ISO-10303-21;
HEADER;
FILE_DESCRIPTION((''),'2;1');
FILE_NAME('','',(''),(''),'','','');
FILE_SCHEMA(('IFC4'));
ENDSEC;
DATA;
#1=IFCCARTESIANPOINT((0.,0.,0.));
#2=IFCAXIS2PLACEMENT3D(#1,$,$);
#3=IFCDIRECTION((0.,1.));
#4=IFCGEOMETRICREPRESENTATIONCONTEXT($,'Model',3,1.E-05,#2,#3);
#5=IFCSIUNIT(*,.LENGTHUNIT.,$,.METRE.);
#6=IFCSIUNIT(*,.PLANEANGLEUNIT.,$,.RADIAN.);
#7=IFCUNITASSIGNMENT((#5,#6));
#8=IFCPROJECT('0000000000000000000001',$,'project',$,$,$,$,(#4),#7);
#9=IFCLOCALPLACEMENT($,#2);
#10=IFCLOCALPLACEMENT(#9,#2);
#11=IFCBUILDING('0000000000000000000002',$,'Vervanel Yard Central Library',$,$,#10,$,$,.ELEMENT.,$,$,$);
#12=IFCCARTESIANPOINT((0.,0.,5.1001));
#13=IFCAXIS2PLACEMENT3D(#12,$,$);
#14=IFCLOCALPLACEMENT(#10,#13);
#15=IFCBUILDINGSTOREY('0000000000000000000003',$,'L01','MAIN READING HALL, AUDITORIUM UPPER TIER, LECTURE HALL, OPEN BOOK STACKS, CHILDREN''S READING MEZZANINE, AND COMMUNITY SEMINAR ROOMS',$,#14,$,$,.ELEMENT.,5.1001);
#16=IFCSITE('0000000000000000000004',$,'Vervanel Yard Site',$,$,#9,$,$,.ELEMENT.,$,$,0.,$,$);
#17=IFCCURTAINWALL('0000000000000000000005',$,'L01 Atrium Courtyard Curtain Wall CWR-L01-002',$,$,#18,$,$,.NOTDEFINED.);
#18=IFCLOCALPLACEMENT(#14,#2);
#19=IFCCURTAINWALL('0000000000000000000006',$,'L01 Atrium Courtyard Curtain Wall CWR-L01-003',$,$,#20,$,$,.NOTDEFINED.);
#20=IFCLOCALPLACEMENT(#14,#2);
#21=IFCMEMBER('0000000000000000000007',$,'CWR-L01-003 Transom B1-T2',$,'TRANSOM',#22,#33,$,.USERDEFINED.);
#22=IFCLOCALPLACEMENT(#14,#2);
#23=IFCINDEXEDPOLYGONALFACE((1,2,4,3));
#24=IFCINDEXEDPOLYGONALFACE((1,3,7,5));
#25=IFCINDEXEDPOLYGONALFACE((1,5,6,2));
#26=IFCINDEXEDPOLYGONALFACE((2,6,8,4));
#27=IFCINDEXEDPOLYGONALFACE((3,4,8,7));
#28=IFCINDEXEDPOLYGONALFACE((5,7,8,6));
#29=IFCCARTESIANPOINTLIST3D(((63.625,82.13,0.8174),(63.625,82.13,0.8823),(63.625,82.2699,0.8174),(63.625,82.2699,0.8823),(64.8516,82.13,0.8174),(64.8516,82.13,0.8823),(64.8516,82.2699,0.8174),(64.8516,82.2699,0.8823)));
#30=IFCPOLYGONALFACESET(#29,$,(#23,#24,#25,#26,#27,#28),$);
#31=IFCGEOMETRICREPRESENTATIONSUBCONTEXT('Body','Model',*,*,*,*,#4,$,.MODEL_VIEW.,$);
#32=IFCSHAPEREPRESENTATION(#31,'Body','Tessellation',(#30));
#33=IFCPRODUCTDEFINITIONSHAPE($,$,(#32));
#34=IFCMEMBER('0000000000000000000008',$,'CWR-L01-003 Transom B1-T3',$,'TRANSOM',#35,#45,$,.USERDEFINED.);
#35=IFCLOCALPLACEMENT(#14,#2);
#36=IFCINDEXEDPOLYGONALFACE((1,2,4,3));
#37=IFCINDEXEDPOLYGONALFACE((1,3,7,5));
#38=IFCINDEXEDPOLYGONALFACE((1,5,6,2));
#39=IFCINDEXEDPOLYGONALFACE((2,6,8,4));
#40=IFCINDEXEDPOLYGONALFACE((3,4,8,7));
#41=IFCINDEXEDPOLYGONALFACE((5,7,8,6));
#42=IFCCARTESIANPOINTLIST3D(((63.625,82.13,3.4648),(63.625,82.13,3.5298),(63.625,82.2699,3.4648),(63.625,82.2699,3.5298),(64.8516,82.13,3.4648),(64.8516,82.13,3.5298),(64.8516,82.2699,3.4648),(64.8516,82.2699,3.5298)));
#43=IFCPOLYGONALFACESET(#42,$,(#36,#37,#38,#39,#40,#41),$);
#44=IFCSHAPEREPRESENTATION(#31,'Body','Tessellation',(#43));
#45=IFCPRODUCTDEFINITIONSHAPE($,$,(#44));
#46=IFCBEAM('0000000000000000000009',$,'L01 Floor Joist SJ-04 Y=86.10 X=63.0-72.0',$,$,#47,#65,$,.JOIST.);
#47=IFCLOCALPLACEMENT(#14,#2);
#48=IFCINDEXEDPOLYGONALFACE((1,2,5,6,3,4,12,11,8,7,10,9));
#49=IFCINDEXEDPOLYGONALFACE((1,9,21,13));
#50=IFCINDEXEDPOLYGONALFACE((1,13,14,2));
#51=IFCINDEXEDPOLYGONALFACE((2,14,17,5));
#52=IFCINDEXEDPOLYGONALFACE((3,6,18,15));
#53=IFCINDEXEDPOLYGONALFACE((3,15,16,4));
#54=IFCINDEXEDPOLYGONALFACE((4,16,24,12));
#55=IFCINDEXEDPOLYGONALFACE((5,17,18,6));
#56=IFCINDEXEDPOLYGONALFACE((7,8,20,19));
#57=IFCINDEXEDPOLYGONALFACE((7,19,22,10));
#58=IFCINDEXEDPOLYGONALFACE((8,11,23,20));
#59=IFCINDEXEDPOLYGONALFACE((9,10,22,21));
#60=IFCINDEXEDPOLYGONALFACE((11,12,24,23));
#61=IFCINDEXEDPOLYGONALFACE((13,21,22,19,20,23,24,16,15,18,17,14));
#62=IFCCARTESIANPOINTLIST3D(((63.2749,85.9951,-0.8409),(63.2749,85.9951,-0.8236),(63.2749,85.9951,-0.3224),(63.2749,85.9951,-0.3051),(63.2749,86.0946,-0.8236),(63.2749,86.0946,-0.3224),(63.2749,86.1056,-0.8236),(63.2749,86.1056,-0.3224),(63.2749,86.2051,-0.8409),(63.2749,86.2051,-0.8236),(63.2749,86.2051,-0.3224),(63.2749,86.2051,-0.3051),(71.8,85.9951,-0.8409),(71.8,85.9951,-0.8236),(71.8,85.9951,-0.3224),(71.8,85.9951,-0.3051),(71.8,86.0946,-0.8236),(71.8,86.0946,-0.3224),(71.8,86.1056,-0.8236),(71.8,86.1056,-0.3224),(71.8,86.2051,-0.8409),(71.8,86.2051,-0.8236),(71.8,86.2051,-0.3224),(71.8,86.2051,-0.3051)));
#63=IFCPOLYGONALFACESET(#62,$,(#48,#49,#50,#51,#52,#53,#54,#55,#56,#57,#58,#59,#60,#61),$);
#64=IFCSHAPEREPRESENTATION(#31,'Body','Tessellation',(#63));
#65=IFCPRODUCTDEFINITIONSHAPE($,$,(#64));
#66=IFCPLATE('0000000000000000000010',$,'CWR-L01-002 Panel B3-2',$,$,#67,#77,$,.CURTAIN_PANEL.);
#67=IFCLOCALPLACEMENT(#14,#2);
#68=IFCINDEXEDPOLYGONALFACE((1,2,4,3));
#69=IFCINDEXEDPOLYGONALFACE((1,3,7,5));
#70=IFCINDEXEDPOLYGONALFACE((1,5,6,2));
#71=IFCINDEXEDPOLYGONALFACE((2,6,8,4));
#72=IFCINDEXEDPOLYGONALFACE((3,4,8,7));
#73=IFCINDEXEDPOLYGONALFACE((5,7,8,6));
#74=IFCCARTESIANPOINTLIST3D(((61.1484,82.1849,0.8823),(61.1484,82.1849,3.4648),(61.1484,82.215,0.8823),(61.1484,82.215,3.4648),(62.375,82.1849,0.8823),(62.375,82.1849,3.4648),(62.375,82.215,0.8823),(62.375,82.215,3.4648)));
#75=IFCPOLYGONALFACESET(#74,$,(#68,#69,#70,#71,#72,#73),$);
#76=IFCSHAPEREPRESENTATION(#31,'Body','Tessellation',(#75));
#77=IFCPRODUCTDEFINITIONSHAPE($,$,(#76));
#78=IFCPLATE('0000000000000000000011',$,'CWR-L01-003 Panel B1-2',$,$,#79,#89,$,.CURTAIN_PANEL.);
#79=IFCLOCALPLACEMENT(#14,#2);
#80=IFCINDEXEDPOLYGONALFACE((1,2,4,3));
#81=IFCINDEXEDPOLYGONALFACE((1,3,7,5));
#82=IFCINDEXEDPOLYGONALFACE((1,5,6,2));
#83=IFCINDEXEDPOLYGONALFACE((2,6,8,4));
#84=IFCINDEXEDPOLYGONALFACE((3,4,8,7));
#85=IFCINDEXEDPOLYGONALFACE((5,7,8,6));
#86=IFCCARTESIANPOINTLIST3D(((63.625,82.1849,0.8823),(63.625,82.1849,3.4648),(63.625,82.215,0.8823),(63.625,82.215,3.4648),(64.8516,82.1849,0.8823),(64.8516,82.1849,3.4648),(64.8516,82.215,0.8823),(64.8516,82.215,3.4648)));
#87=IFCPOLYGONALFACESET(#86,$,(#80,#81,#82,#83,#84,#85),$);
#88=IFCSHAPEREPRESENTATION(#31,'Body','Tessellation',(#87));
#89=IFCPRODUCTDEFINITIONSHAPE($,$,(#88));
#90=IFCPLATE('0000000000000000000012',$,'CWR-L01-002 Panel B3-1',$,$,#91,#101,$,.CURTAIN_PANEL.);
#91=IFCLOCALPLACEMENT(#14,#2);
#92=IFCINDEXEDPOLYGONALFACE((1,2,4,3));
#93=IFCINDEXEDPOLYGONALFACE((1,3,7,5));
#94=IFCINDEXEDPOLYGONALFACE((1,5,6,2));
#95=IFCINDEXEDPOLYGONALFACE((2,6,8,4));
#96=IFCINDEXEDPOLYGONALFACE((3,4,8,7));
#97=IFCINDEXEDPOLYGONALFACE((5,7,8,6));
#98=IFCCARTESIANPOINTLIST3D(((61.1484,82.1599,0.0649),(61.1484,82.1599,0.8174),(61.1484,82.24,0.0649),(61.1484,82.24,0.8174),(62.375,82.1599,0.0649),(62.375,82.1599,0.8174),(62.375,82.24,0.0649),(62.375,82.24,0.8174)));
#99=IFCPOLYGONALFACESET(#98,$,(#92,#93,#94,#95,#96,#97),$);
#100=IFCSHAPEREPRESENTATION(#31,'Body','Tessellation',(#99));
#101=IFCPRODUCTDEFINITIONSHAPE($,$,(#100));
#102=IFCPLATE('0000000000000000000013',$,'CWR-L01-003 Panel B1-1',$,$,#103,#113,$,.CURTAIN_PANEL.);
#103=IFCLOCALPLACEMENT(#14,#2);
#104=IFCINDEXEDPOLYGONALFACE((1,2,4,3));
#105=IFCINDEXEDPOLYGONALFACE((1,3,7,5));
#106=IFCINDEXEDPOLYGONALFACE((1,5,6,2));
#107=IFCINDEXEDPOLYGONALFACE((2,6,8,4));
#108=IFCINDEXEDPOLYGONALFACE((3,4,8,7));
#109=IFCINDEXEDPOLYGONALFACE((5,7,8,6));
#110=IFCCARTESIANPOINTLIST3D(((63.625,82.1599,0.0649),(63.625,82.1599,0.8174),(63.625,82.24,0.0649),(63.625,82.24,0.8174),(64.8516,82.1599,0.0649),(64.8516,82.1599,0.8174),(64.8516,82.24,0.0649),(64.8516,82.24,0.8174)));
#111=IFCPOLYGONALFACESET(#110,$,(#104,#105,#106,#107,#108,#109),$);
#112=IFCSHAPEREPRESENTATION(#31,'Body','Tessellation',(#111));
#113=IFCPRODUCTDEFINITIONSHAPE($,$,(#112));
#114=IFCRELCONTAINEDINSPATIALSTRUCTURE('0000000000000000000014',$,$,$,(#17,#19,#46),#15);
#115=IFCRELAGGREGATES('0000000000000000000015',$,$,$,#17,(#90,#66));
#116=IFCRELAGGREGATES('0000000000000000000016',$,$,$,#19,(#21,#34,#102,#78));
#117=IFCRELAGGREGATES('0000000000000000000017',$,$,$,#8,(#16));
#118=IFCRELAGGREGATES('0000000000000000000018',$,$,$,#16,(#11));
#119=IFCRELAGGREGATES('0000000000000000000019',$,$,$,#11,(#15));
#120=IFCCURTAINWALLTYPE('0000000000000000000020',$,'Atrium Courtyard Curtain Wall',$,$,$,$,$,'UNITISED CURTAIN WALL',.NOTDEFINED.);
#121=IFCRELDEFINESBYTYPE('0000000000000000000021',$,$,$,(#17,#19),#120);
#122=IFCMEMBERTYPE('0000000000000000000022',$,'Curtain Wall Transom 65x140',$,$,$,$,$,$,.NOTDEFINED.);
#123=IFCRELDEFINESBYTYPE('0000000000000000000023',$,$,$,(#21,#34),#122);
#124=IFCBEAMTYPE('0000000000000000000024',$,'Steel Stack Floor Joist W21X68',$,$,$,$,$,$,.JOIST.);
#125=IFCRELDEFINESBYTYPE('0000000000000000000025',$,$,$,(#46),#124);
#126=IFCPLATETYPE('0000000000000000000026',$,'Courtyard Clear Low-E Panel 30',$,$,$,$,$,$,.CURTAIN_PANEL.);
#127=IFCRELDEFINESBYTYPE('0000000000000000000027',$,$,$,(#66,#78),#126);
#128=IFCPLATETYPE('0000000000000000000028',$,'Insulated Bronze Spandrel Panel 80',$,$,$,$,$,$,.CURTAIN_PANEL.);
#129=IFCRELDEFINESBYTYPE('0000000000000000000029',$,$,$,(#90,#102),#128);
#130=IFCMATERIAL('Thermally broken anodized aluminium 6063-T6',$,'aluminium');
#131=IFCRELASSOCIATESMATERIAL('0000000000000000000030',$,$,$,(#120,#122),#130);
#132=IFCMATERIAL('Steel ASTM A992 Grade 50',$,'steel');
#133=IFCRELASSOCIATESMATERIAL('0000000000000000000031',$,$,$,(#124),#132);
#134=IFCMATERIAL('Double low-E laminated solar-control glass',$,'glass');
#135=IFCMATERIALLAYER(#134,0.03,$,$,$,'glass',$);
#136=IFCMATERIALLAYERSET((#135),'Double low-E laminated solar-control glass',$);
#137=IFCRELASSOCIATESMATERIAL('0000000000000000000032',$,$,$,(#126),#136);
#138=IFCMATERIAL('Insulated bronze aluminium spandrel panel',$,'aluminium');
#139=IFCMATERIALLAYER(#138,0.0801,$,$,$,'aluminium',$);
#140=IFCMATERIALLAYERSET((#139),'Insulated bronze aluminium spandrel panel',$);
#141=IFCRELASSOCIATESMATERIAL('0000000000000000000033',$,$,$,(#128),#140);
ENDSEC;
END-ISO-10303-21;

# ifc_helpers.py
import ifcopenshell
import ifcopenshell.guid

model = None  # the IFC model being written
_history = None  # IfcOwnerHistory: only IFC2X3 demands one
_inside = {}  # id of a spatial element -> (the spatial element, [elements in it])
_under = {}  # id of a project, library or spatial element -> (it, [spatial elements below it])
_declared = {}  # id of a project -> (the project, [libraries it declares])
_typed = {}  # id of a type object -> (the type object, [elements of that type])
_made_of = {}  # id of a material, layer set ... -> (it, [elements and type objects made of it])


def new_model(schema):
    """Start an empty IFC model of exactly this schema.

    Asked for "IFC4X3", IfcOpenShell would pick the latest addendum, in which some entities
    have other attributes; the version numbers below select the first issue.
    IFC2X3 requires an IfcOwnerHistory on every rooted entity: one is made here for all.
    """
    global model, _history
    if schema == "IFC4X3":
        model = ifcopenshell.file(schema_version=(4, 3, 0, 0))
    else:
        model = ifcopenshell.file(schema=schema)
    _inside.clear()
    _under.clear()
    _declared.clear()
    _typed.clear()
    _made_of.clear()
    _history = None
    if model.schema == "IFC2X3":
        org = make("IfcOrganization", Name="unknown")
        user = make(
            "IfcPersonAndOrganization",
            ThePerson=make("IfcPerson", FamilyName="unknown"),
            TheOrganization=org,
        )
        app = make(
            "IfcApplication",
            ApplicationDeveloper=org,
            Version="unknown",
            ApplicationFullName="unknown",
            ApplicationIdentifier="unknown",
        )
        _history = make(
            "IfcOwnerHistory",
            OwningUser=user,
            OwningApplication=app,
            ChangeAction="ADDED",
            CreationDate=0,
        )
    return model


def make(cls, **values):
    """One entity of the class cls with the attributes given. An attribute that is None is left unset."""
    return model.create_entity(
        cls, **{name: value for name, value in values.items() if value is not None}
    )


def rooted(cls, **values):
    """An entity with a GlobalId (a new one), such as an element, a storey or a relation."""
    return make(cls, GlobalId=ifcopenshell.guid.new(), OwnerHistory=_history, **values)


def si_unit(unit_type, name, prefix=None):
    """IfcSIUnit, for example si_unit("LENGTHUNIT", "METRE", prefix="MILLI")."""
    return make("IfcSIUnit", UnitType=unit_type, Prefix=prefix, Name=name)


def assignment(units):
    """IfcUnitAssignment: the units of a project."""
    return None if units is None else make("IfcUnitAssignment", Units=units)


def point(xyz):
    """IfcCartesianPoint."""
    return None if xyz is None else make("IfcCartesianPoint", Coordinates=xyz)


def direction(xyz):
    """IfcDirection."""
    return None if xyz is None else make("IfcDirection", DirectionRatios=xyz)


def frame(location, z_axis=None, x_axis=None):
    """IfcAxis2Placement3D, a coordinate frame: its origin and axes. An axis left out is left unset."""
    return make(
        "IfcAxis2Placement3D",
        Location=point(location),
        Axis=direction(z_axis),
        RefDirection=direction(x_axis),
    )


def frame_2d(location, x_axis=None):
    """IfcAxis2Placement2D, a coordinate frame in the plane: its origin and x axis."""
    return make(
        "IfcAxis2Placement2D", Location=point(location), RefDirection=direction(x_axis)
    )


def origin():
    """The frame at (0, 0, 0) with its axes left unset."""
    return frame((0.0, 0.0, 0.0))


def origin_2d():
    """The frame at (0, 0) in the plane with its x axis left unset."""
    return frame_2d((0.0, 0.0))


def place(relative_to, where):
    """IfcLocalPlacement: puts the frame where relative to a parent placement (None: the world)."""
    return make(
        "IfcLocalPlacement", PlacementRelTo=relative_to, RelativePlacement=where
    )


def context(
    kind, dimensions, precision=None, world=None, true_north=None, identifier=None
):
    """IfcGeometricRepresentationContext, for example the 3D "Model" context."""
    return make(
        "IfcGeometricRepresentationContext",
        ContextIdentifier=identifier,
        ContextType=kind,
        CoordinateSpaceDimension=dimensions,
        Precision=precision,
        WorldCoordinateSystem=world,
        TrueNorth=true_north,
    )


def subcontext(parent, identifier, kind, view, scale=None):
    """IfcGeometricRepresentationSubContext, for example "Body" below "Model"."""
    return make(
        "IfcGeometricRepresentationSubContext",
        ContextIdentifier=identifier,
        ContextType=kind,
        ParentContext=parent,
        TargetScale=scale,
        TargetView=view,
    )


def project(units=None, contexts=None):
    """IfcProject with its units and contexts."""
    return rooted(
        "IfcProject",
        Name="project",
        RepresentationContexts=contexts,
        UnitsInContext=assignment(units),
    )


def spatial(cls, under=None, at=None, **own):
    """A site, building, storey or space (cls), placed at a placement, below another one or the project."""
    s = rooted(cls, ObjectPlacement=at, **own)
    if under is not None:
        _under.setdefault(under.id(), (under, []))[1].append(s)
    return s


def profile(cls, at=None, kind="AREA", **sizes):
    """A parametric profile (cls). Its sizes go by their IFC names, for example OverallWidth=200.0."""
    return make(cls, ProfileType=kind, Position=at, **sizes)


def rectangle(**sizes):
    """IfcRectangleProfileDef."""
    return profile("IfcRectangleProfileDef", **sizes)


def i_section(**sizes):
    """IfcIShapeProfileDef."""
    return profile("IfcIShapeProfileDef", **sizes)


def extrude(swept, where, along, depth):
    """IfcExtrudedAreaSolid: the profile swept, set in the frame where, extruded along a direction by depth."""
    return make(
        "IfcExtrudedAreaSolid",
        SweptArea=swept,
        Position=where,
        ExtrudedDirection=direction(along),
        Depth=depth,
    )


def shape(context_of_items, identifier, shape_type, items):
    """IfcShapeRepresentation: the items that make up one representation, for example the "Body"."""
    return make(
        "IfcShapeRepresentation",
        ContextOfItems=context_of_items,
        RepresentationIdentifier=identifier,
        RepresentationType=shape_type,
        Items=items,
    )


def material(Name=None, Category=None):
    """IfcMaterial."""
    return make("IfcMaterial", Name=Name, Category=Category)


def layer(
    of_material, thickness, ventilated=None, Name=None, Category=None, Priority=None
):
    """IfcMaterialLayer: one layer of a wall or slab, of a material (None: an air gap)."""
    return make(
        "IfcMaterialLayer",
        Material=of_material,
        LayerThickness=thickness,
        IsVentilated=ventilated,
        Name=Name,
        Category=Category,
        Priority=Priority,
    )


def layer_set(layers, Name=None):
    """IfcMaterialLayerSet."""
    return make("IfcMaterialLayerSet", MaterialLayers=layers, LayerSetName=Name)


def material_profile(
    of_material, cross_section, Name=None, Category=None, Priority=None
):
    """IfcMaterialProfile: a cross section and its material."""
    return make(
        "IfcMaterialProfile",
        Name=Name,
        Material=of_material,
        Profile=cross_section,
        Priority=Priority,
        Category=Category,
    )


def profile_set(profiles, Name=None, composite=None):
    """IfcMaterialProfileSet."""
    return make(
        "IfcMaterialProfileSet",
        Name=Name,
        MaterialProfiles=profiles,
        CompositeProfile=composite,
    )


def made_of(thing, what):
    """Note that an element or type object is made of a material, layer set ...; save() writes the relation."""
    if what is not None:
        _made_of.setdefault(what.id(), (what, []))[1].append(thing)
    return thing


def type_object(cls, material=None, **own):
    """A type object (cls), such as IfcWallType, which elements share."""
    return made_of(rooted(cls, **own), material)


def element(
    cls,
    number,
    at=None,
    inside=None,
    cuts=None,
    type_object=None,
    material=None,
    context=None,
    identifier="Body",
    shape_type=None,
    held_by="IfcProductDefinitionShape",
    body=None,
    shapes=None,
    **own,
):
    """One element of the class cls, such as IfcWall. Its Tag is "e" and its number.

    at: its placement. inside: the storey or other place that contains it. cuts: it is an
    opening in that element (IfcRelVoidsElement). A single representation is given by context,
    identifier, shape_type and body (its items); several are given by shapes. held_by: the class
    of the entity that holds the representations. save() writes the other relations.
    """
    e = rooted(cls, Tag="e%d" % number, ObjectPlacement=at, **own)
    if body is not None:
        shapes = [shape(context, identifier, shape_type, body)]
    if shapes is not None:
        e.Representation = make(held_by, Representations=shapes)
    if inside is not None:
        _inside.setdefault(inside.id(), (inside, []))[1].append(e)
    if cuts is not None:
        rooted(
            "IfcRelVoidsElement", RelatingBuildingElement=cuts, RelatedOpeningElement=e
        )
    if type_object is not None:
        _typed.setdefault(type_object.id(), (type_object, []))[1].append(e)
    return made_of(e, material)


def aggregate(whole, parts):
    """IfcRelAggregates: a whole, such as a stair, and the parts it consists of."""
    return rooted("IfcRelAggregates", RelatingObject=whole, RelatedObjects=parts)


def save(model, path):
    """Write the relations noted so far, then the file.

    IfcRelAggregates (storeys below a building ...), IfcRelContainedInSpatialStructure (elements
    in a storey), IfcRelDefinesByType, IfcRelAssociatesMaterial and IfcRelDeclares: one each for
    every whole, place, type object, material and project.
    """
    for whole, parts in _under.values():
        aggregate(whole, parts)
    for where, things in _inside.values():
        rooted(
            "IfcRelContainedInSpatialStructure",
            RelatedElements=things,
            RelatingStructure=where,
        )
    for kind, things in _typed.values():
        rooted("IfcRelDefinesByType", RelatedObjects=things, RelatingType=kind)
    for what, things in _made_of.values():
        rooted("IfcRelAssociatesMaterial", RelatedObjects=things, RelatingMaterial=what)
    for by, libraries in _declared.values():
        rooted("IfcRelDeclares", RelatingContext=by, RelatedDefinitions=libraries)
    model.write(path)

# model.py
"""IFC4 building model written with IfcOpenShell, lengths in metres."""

from ifc_helpers import new_model, si_unit, direction, frame, origin, origin_2d, place, context, subcontext, project, spatial, rectangle, i_section, extrude, material, layer, layer_set, material_profile, profile_set, type_object, element, aggregate, save


model = new_model("IFC4")

# Units and contexts
model_context = context("Model", 3, precision=1e-05, world=origin(), true_north=direction((0.0, 1.0)))
body_context = subcontext(model_context, "Body", "Model", "MODEL_VIEW")
ifc_project = project(units=[si_unit("LENGTHUNIT", "METRE"), si_unit("PLANEANGLEUNIT", "RADIAN")], contexts=[model_context])

# Site, building, storey
site_placement = place(None, origin())
site = spatial("IfcSite", under=ifc_project, at=site_placement, Name="Vervanel Yard Site", CompositionType="ELEMENT", RefElevation=0.0)
building_placement = place(site_placement, origin())
building = spatial("IfcBuilding", under=site, at=building_placement, Name="Vervanel Yard Central Library", CompositionType="ELEMENT")
storey_placement = place(building_placement, frame((0.0, 0.0, 5.1001)))
storey = spatial("IfcBuildingStorey", under=building, at=storey_placement, Name="L01", Description="MAIN READING HALL, AUDITORIUM UPPER TIER, LECTURE HALL, OPEN BOOK STACKS, CHILDREN'S READING MEZZANINE, AND COMMUNITY SEMINAR ROOMS", CompositionType="ELEMENT", Elevation=5.1001)

# Curtain wall
ifc_material_1 = material(Name="Thermally broken anodized aluminium 6063-T6", Category="aluminium")
curtain_wall_type = type_object("IfcCurtainWallType", Name="Atrium Courtyard Curtain Wall", ElementType="UNITISED CURTAIN WALL", PredefinedType="NOTDEFINED", material=ifc_material_1)
curtain_wall_1_placement = place(storey_placement, origin())
curtain_wall_1 = element("IfcCurtainWall", 1, at=curtain_wall_1_placement, inside=storey, type_object=curtain_wall_type, Name="L01 Atrium Courtyard Curtain Wall CWR-L01-002", PredefinedType="NOTDEFINED")

# Curtain wall
curtain_wall_2_placement = place(storey_placement, origin())
curtain_wall_2 = element("IfcCurtainWall", 2, at=curtain_wall_2_placement, inside=storey, type_object=curtain_wall_type, Name="L01 Atrium Courtyard Curtain Wall CWR-L01-003", PredefinedType="NOTDEFINED")

# Members
ifc_material_profile_1 = material_profile(ifc_material_1, rectangle(XDim=0.0649, YDim=0.1399, at=origin_2d()), Name="ALU 65x140", Category="aluminium")
ifc_profile_set_1 = profile_set([ifc_material_profile_1], Name="Thermally broken anodized aluminium 6063-T6")
member_type_1 = type_object("IfcMemberType", Name="Curtain Wall Transom 65x140", PredefinedType="NOTDEFINED", material=ifc_profile_set_1)
member_1_placement = place(storey_placement, frame((63.625, 82.2, 0.8499), z_axis=(1.0, 0.0, 0.0), x_axis=(0.0, 0.0, 1.0)))
member_1 = element("IfcMember", 3, at=member_1_placement, type_object=member_type_1, Name="CWR-L01-003 Transom B1-T2", ObjectType="TRANSOM", PredefinedType="USERDEFINED", context=body_context, shape_type="SweptSolid", body=[
    extrude(rectangle(XDim=0.0649, YDim=0.1399, at=origin_2d()), origin(), (0.0, 0.0, 1.0), 1.2266),
])
member_2_placement = place(storey_placement, frame((63.625, 82.2, 3.4973), z_axis=(1.0, 0.0, 0.0), x_axis=(0.0, 0.0, 1.0)))
member_2 = element("IfcMember", 4, at=member_2_placement, type_object=member_type_1, Name="CWR-L01-003 Transom B1-T3", ObjectType="TRANSOM", PredefinedType="USERDEFINED", context=body_context, shape_type="SweptSolid", body=[
    extrude(rectangle(XDim=0.0649, YDim=0.1399, at=origin_2d()), origin(), (0.0, 0.0, 1.0), 1.2266),
])

# Beam
ifc_material_2 = material(Name="Steel ASTM A992 Grade 50", Category="steel")
ifc_material_profile_2 = material_profile(ifc_material_2, i_section(OverallWidth=0.21, OverallDepth=0.5359, WebThickness=0.011, FlangeThickness=0.0173, at=origin_2d()), Name="W21X68", Category="steel")
ifc_profile_set_2 = profile_set([ifc_material_profile_2], Name="Steel ASTM A992 Grade 50")
beam_type_1 = type_object("IfcBeamType", Name="Steel Stack Floor Joist W21X68", PredefinedType="JOIST", material=ifc_profile_set_2)
beam_1_placement = place(storey_placement, frame((63.2749, 86.1001, -0.573), z_axis=(1.0, 0.0, 0.0), x_axis=(0.0, 1.0, 0.0)))
element("IfcBeam", 5, at=beam_1_placement, inside=storey, type_object=beam_type_1, Name="L01 Floor Joist SJ-04 Y=86.10 X=63.0-72.0", PredefinedType="JOIST", context=body_context, shape_type="SweptSolid", body=[
    extrude(i_section(OverallWidth=0.21, OverallDepth=0.5359, WebThickness=0.011, FlangeThickness=0.0173, at=origin_2d()), origin(), (0.0, 0.0, 1.0), 8.5251),
])

# Plates
ifc_material_3 = material(Name="Double low-E laminated solar-control glass", Category="glass")
ifc_layer_1 = layer(ifc_material_3, 0.03, Category="glass")
ifc_layer_set_1 = layer_set([ifc_layer_1], Name="Double low-E laminated solar-control glass")
plate_type_1 = type_object("IfcPlateType", Name="Courtyard Clear Low-E Panel 30", PredefinedType="CURTAIN_PANEL", material=ifc_layer_set_1)
plate_1_placement = place(storey_placement, frame((61.7617, 82.2, 0.8823), z_axis=(0.0, 0.0, 1.0), x_axis=(1.0, 0.0, 0.0)))
plate_1 = element("IfcPlate", 6, at=plate_1_placement, type_object=plate_type_1, Name="CWR-L01-002 Panel B3-2", PredefinedType="CURTAIN_PANEL", context=body_context, shape_type="SweptSolid", body=[
    extrude(rectangle(XDim=1.2266, YDim=0.03, at=origin_2d()), origin(), (0.0, 0.0, 1.0), 2.5825),
])
plate_2_placement = place(storey_placement, frame((64.2383, 82.2, 0.8823), z_axis=(0.0, 0.0, 1.0), x_axis=(1.0, 0.0, 0.0)))
plate_2 = element("IfcPlate", 7, at=plate_2_placement, type_object=plate_type_1, Name="CWR-L01-003 Panel B1-2", PredefinedType="CURTAIN_PANEL", context=body_context, shape_type="SweptSolid", body=[
    extrude(rectangle(XDim=1.2266, YDim=0.03, at=origin_2d()), origin(), (0.0, 0.0, 1.0), 2.5825),
])
ifc_material_4 = material(Name="Insulated bronze aluminium spandrel panel", Category="aluminium")
ifc_layer_2 = layer(ifc_material_4, 0.0801, Category="aluminium")
ifc_layer_set_2 = layer_set([ifc_layer_2], Name="Insulated bronze aluminium spandrel panel")
plate_type_2 = type_object("IfcPlateType", Name="Insulated Bronze Spandrel Panel 80", PredefinedType="CURTAIN_PANEL", material=ifc_layer_set_2)
plate_3_placement = place(storey_placement, frame((61.7617, 82.2, 0.0649), z_axis=(0.0, 0.0, 1.0), x_axis=(1.0, 0.0, 0.0)))
plate_3 = element("IfcPlate", 8, at=plate_3_placement, type_object=plate_type_2, Name="CWR-L01-002 Panel B3-1", PredefinedType="CURTAIN_PANEL", context=body_context, shape_type="SweptSolid", body=[
    extrude(rectangle(XDim=1.2266, YDim=0.0801, at=origin_2d()), origin(), (0.0, 0.0, 1.0), 0.7524),
])
aggregate(curtain_wall_1, [plate_3, plate_1])
plate_4_placement = place(storey_placement, frame((64.2383, 82.2, 0.0649), z_axis=(0.0, 0.0, 1.0), x_axis=(1.0, 0.0, 0.0)))
plate_4 = element("IfcPlate", 9, at=plate_4_placement, type_object=plate_type_2, Name="CWR-L01-003 Panel B1-1", PredefinedType="CURTAIN_PANEL", context=body_context, shape_type="SweptSolid", body=[
    extrude(rectangle(XDim=1.2266, YDim=0.0801, at=origin_2d()), origin(), (0.0, 0.0, 1.0), 0.7524),
])
aggregate(curtain_wall_2, [member_1, member_2, plate_4, plate_2])

save(model, "model.ifc")
